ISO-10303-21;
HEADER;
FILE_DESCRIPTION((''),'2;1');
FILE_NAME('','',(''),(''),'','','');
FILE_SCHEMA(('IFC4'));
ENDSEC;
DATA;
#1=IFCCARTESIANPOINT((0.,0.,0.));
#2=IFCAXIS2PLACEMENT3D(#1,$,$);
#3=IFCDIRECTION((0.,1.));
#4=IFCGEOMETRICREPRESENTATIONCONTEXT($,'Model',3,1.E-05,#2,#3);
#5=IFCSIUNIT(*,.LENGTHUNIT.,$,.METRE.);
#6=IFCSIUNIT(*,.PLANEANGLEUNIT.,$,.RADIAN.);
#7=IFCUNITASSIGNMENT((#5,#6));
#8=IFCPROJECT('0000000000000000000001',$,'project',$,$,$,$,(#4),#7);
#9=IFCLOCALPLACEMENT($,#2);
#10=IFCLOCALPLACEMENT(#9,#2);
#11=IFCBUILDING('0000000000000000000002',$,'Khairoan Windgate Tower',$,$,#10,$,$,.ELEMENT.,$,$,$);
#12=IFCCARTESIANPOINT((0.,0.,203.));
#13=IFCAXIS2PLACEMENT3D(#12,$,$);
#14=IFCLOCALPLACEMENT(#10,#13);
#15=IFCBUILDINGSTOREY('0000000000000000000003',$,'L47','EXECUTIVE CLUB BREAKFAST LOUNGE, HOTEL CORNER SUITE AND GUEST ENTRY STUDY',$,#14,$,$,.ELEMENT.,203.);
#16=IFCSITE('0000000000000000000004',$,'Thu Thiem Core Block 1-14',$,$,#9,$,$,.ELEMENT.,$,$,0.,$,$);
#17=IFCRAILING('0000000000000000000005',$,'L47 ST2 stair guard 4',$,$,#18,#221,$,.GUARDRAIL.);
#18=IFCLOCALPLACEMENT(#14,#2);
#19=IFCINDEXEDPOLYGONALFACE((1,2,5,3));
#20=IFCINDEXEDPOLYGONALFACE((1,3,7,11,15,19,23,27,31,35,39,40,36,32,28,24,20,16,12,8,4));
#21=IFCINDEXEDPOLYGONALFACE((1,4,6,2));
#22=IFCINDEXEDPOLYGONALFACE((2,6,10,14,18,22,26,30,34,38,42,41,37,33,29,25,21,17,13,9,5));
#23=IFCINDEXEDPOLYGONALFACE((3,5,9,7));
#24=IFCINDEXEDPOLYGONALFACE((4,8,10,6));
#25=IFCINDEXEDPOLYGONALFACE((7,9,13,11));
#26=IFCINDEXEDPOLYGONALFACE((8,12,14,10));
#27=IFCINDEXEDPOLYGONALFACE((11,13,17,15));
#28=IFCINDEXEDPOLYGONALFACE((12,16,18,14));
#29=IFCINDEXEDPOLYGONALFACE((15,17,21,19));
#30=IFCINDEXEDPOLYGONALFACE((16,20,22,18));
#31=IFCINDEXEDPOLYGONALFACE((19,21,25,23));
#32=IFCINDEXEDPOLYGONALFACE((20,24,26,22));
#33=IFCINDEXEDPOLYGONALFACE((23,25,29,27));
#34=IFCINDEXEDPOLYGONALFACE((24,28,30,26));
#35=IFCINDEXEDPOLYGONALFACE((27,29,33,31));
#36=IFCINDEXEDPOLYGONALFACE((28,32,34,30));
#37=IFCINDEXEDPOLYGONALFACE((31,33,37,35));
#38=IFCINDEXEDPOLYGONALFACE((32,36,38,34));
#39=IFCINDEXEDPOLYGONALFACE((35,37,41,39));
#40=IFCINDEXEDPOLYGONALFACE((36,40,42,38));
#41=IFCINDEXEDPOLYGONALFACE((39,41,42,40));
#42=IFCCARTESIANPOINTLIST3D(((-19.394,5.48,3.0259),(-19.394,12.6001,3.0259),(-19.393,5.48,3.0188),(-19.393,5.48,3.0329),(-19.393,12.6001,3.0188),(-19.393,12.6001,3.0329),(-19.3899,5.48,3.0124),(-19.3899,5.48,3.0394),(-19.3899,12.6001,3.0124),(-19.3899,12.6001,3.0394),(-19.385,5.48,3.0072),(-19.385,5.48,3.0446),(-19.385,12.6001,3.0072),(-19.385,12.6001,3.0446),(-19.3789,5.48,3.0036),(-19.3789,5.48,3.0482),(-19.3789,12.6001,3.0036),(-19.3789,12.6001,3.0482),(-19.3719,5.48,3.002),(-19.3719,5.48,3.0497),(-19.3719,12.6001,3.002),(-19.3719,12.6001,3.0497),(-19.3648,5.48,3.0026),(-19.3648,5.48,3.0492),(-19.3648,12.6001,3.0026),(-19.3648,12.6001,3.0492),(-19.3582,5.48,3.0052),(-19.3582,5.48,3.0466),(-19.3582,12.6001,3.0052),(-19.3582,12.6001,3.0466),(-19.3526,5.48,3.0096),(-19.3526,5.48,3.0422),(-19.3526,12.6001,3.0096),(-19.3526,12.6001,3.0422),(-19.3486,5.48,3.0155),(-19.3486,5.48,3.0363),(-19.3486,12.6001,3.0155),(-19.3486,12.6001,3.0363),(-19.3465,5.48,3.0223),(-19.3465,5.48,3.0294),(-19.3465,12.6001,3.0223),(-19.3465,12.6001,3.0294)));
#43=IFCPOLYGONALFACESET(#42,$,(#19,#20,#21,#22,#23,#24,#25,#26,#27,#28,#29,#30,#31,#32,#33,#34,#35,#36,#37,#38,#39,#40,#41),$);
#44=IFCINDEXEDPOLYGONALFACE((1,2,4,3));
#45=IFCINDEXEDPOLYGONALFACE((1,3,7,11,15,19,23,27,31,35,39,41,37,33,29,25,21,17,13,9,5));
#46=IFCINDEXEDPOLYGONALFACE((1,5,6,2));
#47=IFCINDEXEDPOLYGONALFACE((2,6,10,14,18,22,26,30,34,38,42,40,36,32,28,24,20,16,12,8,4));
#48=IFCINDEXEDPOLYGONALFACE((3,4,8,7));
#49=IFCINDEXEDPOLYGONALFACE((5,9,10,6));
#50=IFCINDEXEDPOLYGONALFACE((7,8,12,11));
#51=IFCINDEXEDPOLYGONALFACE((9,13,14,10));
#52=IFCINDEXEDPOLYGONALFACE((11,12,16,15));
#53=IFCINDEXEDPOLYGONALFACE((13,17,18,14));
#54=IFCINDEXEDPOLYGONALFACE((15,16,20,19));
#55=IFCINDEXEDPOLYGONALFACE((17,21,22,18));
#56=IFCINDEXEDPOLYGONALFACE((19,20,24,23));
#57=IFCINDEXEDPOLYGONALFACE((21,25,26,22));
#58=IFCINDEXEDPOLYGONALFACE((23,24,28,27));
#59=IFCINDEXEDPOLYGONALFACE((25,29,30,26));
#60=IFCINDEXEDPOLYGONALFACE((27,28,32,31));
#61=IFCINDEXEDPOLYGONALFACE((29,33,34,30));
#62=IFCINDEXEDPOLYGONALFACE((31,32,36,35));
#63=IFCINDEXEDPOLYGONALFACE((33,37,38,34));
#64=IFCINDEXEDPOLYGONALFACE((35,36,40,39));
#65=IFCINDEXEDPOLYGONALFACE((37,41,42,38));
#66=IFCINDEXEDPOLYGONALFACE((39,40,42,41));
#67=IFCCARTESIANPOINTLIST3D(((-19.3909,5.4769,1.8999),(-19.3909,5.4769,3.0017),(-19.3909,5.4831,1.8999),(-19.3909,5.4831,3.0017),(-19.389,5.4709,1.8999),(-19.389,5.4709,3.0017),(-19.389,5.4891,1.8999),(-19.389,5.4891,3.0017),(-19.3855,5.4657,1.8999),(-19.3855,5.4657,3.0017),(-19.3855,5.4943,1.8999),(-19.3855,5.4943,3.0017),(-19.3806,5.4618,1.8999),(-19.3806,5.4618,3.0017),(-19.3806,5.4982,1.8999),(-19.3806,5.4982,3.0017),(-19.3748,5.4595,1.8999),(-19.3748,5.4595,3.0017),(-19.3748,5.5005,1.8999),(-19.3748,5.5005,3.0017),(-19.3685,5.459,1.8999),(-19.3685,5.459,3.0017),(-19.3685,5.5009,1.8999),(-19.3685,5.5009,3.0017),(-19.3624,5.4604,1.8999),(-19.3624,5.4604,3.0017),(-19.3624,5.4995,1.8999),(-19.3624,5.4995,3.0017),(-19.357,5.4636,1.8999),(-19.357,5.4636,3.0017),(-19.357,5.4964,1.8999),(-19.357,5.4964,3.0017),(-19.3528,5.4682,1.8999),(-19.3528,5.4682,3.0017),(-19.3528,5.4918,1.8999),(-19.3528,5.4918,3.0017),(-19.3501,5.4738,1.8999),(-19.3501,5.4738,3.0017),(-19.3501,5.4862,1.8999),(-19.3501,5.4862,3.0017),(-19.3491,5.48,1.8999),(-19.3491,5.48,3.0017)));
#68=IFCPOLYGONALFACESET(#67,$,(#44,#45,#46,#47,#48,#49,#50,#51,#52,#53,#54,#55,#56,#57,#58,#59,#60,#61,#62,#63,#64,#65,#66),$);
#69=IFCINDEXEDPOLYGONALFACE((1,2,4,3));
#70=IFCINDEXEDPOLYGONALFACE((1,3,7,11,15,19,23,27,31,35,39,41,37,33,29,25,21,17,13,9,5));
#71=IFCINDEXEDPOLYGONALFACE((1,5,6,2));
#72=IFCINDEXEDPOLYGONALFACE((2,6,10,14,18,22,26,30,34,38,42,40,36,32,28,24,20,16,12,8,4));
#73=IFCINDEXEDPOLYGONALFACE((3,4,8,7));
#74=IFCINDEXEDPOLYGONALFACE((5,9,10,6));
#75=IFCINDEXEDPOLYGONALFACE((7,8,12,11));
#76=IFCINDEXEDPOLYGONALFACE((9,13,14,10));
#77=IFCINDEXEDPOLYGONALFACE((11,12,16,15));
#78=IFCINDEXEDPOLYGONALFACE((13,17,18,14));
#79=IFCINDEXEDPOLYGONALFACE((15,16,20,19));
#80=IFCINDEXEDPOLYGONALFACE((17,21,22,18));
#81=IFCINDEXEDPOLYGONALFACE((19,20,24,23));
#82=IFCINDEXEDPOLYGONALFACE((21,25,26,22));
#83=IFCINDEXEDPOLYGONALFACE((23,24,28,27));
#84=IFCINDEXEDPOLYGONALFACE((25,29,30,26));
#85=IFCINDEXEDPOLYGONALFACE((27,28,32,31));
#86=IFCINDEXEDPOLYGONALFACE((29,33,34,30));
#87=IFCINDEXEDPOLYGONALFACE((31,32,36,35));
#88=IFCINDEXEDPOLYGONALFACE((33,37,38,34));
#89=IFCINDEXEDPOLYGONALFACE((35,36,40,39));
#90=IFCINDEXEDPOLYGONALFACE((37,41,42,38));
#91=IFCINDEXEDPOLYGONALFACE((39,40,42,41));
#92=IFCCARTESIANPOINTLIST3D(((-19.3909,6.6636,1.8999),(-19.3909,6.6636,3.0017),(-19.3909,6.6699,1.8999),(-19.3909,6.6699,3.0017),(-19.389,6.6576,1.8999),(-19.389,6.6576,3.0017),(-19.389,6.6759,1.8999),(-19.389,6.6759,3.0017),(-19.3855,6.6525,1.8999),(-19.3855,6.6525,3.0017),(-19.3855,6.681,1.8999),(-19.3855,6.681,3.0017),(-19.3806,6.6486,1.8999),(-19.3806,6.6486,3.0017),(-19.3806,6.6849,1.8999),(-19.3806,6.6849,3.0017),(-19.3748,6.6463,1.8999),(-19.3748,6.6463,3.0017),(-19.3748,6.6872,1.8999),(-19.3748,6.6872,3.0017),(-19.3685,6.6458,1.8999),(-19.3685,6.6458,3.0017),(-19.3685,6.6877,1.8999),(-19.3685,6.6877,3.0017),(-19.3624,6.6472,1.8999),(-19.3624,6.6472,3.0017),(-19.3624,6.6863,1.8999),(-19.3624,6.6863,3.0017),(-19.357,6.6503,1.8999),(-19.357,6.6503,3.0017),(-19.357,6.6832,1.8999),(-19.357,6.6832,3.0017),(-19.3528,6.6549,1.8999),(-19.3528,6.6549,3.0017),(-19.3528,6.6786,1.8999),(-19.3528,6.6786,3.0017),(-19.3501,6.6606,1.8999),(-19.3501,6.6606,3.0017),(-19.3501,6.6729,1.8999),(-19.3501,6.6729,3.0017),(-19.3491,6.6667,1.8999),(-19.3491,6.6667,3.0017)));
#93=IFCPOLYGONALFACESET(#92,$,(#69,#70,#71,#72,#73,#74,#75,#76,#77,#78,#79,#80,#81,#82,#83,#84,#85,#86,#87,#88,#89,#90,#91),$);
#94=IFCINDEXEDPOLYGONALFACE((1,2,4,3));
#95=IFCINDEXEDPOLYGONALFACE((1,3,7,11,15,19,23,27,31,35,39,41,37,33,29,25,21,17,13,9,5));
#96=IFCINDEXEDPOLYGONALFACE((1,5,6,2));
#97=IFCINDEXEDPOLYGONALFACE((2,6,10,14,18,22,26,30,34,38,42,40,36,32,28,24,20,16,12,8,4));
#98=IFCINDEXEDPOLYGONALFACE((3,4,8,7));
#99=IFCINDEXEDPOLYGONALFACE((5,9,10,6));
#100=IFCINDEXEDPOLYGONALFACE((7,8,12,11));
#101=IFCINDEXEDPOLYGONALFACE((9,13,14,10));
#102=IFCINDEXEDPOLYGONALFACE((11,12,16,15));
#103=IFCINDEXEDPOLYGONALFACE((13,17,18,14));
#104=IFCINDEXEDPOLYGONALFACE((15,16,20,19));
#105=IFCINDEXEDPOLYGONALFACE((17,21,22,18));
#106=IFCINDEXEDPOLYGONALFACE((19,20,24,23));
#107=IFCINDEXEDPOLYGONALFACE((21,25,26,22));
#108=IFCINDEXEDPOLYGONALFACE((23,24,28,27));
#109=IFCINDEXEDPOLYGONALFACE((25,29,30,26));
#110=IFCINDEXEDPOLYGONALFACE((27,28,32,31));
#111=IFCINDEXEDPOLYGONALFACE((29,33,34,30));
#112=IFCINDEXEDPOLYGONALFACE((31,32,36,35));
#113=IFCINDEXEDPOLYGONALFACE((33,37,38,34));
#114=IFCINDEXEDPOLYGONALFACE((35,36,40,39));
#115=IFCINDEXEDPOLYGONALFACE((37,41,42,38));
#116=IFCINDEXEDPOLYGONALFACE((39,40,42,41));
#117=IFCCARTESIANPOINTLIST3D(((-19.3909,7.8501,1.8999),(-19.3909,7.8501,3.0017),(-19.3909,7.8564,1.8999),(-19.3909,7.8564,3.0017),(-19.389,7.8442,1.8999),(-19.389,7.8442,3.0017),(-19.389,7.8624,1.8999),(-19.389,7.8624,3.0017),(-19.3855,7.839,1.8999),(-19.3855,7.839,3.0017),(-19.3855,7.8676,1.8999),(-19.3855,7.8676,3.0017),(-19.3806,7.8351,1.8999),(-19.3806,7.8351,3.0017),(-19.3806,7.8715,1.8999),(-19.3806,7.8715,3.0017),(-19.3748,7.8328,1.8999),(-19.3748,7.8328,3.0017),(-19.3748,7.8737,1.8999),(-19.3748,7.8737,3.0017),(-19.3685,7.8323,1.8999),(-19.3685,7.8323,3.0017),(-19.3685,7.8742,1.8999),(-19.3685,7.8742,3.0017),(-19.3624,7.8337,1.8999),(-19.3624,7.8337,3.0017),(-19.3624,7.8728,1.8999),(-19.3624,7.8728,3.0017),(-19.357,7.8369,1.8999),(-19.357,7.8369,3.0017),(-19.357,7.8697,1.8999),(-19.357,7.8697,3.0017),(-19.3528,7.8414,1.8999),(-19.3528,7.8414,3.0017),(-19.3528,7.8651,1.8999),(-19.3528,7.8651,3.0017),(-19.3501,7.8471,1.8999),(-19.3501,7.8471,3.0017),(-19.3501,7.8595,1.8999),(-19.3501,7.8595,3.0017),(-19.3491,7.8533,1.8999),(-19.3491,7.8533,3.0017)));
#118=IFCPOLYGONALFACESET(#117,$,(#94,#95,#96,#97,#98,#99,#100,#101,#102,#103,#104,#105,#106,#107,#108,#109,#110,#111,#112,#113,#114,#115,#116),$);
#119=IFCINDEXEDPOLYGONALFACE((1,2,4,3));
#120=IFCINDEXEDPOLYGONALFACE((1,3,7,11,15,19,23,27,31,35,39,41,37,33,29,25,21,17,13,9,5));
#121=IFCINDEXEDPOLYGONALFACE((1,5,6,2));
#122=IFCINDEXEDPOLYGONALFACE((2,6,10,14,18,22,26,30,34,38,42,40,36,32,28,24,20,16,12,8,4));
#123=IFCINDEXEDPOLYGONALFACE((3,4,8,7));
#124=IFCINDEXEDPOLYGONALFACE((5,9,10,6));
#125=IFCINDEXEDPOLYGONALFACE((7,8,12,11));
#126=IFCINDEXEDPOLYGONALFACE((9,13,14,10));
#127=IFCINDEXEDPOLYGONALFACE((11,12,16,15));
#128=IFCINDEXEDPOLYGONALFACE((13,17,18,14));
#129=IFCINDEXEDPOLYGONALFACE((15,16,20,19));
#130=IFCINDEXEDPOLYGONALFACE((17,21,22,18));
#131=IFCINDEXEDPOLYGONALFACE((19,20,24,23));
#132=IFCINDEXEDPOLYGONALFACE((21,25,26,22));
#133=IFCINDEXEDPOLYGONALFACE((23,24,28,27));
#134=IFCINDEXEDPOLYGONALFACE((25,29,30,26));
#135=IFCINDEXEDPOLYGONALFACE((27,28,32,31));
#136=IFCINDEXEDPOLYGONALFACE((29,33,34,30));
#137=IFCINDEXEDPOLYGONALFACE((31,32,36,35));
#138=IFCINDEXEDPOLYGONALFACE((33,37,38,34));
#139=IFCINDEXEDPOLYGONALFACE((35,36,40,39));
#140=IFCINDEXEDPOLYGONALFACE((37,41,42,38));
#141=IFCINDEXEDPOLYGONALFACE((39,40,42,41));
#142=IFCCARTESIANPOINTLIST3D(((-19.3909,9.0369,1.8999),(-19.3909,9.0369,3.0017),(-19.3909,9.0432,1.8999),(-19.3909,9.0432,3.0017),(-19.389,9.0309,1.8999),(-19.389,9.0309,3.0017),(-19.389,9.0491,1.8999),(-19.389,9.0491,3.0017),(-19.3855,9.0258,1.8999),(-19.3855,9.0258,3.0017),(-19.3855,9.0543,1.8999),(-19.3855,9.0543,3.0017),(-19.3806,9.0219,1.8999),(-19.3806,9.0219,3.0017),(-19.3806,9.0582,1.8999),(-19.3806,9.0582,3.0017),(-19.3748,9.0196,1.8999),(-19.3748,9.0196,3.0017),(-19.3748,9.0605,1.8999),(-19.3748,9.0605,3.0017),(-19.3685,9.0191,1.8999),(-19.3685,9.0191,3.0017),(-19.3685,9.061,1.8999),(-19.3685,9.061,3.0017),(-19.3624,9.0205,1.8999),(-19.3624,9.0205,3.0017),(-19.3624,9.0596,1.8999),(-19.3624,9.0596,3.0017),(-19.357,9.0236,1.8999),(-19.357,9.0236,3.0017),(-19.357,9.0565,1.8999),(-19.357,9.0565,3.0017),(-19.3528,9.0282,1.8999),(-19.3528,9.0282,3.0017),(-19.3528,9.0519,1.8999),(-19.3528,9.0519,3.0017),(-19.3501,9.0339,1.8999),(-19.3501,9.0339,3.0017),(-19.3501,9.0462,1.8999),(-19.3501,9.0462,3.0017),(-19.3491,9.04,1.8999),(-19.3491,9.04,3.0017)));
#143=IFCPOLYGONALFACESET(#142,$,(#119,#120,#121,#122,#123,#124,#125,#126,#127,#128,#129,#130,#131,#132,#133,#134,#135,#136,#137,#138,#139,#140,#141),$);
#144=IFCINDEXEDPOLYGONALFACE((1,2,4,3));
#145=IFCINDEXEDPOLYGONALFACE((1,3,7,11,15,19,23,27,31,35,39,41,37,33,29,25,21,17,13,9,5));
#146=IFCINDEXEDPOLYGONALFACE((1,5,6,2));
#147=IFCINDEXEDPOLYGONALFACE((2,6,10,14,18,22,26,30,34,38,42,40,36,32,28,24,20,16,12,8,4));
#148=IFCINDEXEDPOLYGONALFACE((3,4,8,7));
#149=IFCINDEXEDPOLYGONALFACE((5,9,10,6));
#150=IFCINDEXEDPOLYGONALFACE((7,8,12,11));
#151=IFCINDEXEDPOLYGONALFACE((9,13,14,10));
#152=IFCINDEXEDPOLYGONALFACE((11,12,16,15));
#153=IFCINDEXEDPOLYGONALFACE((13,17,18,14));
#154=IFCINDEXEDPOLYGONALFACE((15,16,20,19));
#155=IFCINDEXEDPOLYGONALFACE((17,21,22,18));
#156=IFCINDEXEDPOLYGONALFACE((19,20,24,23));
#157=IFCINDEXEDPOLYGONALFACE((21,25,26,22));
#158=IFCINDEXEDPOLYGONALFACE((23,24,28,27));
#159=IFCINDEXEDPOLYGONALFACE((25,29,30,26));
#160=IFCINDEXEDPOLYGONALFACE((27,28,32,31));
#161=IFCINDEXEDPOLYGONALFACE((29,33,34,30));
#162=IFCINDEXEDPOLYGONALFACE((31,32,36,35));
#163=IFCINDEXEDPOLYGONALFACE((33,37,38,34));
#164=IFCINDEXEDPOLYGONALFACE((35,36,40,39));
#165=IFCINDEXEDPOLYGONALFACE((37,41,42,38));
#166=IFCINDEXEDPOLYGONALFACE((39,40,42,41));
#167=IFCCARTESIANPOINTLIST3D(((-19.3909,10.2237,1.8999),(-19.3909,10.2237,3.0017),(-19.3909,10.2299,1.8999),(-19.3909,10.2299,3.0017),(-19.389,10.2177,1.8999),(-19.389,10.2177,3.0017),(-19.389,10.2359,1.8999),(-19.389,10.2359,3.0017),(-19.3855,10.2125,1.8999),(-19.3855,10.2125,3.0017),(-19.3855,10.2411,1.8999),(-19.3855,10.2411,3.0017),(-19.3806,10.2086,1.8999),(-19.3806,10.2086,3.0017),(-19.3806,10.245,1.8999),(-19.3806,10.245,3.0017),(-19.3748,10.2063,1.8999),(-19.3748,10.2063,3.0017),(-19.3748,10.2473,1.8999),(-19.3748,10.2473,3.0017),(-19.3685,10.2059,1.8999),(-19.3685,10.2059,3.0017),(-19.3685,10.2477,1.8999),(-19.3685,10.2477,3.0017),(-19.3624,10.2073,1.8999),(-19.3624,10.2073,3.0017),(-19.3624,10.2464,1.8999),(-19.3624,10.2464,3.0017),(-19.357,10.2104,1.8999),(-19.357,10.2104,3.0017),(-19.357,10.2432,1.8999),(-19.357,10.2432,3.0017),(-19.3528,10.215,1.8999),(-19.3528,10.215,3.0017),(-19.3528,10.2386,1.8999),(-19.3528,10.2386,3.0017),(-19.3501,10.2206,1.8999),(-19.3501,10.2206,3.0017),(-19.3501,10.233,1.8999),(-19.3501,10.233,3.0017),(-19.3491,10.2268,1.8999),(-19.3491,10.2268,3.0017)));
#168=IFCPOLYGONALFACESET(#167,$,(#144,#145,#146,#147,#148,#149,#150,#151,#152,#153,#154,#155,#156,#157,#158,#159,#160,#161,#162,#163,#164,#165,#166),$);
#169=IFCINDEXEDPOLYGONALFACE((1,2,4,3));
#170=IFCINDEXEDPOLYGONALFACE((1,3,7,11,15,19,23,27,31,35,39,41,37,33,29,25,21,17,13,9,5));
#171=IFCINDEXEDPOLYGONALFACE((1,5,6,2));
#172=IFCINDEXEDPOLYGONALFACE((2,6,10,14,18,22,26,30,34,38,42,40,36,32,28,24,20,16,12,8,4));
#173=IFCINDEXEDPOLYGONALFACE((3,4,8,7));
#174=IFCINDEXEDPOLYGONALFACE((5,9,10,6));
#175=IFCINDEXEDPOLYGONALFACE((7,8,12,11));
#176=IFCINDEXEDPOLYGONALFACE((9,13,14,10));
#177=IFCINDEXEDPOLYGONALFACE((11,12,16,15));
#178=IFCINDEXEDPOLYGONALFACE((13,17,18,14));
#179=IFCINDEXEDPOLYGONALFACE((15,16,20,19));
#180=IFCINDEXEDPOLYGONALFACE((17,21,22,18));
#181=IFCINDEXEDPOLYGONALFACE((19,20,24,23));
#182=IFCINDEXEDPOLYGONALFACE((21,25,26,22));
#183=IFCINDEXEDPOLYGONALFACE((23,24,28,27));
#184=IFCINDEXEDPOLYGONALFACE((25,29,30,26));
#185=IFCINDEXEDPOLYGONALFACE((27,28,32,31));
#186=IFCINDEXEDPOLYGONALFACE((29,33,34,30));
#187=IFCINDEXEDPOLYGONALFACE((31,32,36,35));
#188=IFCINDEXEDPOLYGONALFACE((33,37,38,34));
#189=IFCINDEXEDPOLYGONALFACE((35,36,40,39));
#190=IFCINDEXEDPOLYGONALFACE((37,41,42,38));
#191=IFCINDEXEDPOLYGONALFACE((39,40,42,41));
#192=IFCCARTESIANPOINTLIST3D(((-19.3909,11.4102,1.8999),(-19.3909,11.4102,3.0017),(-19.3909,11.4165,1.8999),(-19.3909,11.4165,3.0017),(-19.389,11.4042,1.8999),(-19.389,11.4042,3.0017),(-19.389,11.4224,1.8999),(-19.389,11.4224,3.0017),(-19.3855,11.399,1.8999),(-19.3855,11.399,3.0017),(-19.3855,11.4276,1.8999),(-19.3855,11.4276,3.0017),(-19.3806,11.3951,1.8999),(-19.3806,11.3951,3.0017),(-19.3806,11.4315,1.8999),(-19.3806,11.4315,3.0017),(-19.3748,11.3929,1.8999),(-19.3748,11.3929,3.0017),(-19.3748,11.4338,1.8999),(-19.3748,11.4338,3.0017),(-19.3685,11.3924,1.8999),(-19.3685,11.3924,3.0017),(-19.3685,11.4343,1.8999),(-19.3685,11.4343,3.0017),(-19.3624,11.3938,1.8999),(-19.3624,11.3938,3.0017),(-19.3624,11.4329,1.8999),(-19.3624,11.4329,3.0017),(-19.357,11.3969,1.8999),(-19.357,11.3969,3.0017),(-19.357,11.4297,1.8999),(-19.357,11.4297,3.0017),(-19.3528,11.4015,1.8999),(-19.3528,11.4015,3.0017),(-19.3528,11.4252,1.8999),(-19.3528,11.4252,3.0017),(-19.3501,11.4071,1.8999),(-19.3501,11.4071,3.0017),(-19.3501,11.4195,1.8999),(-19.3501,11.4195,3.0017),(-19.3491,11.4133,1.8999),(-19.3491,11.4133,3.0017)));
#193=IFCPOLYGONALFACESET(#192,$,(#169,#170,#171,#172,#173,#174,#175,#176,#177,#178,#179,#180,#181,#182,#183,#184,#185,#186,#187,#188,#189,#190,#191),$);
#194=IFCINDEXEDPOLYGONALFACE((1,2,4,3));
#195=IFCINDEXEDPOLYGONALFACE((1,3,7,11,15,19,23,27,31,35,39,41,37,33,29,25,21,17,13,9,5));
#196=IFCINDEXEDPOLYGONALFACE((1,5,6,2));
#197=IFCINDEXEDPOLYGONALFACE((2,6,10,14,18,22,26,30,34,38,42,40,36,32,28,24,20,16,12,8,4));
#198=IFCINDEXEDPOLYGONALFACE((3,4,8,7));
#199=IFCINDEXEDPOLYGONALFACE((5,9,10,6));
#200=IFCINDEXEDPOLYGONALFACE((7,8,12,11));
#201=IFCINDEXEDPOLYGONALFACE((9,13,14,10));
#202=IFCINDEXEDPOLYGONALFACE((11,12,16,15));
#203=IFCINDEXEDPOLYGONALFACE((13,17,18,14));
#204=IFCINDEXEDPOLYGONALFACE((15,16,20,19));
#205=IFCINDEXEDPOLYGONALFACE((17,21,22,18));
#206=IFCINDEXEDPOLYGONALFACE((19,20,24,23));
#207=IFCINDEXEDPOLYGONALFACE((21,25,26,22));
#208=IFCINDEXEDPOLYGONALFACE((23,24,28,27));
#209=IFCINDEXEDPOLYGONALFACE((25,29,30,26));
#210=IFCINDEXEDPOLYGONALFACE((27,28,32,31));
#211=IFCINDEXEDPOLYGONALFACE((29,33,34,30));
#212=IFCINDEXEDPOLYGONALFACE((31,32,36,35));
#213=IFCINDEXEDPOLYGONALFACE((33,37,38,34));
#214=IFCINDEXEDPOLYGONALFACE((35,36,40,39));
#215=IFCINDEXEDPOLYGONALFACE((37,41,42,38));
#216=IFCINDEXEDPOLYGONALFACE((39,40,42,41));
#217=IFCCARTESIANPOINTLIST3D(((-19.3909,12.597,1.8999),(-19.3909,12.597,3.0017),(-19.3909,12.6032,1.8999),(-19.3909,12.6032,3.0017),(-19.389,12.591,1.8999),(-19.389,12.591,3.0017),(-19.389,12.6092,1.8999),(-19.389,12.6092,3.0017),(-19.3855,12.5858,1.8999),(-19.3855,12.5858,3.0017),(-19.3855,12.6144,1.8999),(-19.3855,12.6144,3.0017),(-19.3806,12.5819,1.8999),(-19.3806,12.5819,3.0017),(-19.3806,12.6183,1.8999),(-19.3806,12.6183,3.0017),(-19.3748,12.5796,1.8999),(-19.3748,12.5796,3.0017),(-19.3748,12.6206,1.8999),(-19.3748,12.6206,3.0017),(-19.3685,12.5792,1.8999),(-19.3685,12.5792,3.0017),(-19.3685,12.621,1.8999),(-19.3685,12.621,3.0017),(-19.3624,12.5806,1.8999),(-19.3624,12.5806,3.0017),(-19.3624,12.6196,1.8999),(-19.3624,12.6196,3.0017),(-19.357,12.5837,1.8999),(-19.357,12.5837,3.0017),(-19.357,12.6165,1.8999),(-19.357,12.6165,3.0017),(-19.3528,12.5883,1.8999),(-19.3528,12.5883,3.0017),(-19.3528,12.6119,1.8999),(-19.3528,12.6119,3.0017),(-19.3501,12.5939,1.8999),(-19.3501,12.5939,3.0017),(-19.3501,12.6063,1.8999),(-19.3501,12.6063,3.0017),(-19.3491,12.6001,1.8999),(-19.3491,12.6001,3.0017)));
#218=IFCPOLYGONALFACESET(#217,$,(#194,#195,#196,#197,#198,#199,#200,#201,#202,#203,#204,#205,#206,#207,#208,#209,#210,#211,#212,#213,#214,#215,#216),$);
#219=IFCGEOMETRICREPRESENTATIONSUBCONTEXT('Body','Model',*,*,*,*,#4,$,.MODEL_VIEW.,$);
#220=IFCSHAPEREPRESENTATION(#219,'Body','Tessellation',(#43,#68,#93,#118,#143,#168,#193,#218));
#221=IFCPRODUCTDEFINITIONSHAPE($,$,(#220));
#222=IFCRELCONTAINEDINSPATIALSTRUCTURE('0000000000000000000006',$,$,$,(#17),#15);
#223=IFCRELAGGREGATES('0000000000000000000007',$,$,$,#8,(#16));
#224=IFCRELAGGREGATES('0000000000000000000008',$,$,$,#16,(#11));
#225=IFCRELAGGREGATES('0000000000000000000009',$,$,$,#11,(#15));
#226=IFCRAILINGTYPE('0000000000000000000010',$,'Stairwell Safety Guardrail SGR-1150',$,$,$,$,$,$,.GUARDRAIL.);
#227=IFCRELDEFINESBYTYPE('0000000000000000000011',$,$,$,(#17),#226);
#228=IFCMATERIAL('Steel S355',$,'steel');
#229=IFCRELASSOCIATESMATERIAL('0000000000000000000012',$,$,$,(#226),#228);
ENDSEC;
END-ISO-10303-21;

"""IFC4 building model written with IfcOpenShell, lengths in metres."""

from ifc_helpers import new_model, si_unit, direction, frame, origin, origin_2d, place, context, subcontext, project, spatial, circle, extrude, material, type_object, element, save


model = new_model("IFC4")

# Units and contexts
model_context = context("Model", 3, precision=1e-05, world=origin(), true_north=direction((0.0, 1.0)))
body_context = subcontext(model_context, "Body", "Model", "MODEL_VIEW")
ifc_project = project(units=[si_unit("LENGTHUNIT", "METRE"), si_unit("PLANEANGLEUNIT", "RADIAN")], contexts=[model_context])

# Site, building, storey
site_placement = place(None, origin())
site = spatial("IfcSite", under=ifc_project, at=site_placement, Name="Thu Thiem Core Block 1-14", CompositionType="ELEMENT", RefElevation=0.0)
building_placement = place(site_placement, origin())
building = spatial("IfcBuilding", under=site, at=building_placement, Name="Khairoan Windgate Tower", CompositionType="ELEMENT")
storey_placement = place(building_placement, frame((0.0, 0.0, 203.0)))
storey = spatial("IfcBuildingStorey", under=building, at=storey_placement, Name="L47", Description="EXECUTIVE CLUB BREAKFAST LOUNGE, HOTEL CORNER SUITE AND GUEST ENTRY STUDY", CompositionType="ELEMENT", Elevation=203.0)

# Railing
ifc_material_1 = material(Name="Steel S355", Category="steel")
railing_type_1 = type_object("IfcRailingType", Name="Stairwell Safety Guardrail SGR-1150", PredefinedType="GUARDRAIL", material=ifc_material_1)
railing_1_placement = place(storey_placement, frame((-19.3701, 5.48, 1.8999)))
element("IfcRailing", 1, at=railing_1_placement, inside=storey, type_object=railing_type_1, Name="L47 ST2 stair guard 4", PredefinedType="GUARDRAIL", context=body_context, shape_type="SweptSolid", body=[
    extrude(circle(Radius=0.0239, at=origin_2d()), frame((0.0, 0.0, 1.126), z_axis=(0.0, 1.0, 0.0), x_axis=(-1.0, 0.0, 0.0)), (0.0, 0.0, 1.0), 7.1201),
    extrude(circle(Radius=0.021, at=origin_2d()), origin(), (0.0, 0.0, 1.0), 1.1018),
    extrude(circle(Radius=0.021, at=origin_2d()), frame((0.0, 1.1868, 0.0)), (0.0, 0.0, 1.0), 1.1018),
    extrude(circle(Radius=0.021, at=origin_2d()), frame((0.0, 2.3733, 0.0)), (0.0, 0.0, 1.0), 1.1018),
    extrude(circle(Radius=0.021, at=origin_2d()), frame((0.0, 3.5601, 0.0)), (0.0, 0.0, 1.0), 1.1018),
    extrude(circle(Radius=0.021, at=origin_2d()), frame((0.0, 4.7468, 0.0)), (0.0, 0.0, 1.0), 1.1018),
    extrude(circle(Radius=0.021, at=origin_2d()), frame((0.0, 5.9333, 0.0)), (0.0, 0.0, 1.0), 1.1018),
    extrude(circle(Radius=0.021, at=origin_2d()), frame((0.0, 7.1201, 0.0)), (0.0, 0.0, 1.0), 1.1018),
])

save(model, "model.ifc")
